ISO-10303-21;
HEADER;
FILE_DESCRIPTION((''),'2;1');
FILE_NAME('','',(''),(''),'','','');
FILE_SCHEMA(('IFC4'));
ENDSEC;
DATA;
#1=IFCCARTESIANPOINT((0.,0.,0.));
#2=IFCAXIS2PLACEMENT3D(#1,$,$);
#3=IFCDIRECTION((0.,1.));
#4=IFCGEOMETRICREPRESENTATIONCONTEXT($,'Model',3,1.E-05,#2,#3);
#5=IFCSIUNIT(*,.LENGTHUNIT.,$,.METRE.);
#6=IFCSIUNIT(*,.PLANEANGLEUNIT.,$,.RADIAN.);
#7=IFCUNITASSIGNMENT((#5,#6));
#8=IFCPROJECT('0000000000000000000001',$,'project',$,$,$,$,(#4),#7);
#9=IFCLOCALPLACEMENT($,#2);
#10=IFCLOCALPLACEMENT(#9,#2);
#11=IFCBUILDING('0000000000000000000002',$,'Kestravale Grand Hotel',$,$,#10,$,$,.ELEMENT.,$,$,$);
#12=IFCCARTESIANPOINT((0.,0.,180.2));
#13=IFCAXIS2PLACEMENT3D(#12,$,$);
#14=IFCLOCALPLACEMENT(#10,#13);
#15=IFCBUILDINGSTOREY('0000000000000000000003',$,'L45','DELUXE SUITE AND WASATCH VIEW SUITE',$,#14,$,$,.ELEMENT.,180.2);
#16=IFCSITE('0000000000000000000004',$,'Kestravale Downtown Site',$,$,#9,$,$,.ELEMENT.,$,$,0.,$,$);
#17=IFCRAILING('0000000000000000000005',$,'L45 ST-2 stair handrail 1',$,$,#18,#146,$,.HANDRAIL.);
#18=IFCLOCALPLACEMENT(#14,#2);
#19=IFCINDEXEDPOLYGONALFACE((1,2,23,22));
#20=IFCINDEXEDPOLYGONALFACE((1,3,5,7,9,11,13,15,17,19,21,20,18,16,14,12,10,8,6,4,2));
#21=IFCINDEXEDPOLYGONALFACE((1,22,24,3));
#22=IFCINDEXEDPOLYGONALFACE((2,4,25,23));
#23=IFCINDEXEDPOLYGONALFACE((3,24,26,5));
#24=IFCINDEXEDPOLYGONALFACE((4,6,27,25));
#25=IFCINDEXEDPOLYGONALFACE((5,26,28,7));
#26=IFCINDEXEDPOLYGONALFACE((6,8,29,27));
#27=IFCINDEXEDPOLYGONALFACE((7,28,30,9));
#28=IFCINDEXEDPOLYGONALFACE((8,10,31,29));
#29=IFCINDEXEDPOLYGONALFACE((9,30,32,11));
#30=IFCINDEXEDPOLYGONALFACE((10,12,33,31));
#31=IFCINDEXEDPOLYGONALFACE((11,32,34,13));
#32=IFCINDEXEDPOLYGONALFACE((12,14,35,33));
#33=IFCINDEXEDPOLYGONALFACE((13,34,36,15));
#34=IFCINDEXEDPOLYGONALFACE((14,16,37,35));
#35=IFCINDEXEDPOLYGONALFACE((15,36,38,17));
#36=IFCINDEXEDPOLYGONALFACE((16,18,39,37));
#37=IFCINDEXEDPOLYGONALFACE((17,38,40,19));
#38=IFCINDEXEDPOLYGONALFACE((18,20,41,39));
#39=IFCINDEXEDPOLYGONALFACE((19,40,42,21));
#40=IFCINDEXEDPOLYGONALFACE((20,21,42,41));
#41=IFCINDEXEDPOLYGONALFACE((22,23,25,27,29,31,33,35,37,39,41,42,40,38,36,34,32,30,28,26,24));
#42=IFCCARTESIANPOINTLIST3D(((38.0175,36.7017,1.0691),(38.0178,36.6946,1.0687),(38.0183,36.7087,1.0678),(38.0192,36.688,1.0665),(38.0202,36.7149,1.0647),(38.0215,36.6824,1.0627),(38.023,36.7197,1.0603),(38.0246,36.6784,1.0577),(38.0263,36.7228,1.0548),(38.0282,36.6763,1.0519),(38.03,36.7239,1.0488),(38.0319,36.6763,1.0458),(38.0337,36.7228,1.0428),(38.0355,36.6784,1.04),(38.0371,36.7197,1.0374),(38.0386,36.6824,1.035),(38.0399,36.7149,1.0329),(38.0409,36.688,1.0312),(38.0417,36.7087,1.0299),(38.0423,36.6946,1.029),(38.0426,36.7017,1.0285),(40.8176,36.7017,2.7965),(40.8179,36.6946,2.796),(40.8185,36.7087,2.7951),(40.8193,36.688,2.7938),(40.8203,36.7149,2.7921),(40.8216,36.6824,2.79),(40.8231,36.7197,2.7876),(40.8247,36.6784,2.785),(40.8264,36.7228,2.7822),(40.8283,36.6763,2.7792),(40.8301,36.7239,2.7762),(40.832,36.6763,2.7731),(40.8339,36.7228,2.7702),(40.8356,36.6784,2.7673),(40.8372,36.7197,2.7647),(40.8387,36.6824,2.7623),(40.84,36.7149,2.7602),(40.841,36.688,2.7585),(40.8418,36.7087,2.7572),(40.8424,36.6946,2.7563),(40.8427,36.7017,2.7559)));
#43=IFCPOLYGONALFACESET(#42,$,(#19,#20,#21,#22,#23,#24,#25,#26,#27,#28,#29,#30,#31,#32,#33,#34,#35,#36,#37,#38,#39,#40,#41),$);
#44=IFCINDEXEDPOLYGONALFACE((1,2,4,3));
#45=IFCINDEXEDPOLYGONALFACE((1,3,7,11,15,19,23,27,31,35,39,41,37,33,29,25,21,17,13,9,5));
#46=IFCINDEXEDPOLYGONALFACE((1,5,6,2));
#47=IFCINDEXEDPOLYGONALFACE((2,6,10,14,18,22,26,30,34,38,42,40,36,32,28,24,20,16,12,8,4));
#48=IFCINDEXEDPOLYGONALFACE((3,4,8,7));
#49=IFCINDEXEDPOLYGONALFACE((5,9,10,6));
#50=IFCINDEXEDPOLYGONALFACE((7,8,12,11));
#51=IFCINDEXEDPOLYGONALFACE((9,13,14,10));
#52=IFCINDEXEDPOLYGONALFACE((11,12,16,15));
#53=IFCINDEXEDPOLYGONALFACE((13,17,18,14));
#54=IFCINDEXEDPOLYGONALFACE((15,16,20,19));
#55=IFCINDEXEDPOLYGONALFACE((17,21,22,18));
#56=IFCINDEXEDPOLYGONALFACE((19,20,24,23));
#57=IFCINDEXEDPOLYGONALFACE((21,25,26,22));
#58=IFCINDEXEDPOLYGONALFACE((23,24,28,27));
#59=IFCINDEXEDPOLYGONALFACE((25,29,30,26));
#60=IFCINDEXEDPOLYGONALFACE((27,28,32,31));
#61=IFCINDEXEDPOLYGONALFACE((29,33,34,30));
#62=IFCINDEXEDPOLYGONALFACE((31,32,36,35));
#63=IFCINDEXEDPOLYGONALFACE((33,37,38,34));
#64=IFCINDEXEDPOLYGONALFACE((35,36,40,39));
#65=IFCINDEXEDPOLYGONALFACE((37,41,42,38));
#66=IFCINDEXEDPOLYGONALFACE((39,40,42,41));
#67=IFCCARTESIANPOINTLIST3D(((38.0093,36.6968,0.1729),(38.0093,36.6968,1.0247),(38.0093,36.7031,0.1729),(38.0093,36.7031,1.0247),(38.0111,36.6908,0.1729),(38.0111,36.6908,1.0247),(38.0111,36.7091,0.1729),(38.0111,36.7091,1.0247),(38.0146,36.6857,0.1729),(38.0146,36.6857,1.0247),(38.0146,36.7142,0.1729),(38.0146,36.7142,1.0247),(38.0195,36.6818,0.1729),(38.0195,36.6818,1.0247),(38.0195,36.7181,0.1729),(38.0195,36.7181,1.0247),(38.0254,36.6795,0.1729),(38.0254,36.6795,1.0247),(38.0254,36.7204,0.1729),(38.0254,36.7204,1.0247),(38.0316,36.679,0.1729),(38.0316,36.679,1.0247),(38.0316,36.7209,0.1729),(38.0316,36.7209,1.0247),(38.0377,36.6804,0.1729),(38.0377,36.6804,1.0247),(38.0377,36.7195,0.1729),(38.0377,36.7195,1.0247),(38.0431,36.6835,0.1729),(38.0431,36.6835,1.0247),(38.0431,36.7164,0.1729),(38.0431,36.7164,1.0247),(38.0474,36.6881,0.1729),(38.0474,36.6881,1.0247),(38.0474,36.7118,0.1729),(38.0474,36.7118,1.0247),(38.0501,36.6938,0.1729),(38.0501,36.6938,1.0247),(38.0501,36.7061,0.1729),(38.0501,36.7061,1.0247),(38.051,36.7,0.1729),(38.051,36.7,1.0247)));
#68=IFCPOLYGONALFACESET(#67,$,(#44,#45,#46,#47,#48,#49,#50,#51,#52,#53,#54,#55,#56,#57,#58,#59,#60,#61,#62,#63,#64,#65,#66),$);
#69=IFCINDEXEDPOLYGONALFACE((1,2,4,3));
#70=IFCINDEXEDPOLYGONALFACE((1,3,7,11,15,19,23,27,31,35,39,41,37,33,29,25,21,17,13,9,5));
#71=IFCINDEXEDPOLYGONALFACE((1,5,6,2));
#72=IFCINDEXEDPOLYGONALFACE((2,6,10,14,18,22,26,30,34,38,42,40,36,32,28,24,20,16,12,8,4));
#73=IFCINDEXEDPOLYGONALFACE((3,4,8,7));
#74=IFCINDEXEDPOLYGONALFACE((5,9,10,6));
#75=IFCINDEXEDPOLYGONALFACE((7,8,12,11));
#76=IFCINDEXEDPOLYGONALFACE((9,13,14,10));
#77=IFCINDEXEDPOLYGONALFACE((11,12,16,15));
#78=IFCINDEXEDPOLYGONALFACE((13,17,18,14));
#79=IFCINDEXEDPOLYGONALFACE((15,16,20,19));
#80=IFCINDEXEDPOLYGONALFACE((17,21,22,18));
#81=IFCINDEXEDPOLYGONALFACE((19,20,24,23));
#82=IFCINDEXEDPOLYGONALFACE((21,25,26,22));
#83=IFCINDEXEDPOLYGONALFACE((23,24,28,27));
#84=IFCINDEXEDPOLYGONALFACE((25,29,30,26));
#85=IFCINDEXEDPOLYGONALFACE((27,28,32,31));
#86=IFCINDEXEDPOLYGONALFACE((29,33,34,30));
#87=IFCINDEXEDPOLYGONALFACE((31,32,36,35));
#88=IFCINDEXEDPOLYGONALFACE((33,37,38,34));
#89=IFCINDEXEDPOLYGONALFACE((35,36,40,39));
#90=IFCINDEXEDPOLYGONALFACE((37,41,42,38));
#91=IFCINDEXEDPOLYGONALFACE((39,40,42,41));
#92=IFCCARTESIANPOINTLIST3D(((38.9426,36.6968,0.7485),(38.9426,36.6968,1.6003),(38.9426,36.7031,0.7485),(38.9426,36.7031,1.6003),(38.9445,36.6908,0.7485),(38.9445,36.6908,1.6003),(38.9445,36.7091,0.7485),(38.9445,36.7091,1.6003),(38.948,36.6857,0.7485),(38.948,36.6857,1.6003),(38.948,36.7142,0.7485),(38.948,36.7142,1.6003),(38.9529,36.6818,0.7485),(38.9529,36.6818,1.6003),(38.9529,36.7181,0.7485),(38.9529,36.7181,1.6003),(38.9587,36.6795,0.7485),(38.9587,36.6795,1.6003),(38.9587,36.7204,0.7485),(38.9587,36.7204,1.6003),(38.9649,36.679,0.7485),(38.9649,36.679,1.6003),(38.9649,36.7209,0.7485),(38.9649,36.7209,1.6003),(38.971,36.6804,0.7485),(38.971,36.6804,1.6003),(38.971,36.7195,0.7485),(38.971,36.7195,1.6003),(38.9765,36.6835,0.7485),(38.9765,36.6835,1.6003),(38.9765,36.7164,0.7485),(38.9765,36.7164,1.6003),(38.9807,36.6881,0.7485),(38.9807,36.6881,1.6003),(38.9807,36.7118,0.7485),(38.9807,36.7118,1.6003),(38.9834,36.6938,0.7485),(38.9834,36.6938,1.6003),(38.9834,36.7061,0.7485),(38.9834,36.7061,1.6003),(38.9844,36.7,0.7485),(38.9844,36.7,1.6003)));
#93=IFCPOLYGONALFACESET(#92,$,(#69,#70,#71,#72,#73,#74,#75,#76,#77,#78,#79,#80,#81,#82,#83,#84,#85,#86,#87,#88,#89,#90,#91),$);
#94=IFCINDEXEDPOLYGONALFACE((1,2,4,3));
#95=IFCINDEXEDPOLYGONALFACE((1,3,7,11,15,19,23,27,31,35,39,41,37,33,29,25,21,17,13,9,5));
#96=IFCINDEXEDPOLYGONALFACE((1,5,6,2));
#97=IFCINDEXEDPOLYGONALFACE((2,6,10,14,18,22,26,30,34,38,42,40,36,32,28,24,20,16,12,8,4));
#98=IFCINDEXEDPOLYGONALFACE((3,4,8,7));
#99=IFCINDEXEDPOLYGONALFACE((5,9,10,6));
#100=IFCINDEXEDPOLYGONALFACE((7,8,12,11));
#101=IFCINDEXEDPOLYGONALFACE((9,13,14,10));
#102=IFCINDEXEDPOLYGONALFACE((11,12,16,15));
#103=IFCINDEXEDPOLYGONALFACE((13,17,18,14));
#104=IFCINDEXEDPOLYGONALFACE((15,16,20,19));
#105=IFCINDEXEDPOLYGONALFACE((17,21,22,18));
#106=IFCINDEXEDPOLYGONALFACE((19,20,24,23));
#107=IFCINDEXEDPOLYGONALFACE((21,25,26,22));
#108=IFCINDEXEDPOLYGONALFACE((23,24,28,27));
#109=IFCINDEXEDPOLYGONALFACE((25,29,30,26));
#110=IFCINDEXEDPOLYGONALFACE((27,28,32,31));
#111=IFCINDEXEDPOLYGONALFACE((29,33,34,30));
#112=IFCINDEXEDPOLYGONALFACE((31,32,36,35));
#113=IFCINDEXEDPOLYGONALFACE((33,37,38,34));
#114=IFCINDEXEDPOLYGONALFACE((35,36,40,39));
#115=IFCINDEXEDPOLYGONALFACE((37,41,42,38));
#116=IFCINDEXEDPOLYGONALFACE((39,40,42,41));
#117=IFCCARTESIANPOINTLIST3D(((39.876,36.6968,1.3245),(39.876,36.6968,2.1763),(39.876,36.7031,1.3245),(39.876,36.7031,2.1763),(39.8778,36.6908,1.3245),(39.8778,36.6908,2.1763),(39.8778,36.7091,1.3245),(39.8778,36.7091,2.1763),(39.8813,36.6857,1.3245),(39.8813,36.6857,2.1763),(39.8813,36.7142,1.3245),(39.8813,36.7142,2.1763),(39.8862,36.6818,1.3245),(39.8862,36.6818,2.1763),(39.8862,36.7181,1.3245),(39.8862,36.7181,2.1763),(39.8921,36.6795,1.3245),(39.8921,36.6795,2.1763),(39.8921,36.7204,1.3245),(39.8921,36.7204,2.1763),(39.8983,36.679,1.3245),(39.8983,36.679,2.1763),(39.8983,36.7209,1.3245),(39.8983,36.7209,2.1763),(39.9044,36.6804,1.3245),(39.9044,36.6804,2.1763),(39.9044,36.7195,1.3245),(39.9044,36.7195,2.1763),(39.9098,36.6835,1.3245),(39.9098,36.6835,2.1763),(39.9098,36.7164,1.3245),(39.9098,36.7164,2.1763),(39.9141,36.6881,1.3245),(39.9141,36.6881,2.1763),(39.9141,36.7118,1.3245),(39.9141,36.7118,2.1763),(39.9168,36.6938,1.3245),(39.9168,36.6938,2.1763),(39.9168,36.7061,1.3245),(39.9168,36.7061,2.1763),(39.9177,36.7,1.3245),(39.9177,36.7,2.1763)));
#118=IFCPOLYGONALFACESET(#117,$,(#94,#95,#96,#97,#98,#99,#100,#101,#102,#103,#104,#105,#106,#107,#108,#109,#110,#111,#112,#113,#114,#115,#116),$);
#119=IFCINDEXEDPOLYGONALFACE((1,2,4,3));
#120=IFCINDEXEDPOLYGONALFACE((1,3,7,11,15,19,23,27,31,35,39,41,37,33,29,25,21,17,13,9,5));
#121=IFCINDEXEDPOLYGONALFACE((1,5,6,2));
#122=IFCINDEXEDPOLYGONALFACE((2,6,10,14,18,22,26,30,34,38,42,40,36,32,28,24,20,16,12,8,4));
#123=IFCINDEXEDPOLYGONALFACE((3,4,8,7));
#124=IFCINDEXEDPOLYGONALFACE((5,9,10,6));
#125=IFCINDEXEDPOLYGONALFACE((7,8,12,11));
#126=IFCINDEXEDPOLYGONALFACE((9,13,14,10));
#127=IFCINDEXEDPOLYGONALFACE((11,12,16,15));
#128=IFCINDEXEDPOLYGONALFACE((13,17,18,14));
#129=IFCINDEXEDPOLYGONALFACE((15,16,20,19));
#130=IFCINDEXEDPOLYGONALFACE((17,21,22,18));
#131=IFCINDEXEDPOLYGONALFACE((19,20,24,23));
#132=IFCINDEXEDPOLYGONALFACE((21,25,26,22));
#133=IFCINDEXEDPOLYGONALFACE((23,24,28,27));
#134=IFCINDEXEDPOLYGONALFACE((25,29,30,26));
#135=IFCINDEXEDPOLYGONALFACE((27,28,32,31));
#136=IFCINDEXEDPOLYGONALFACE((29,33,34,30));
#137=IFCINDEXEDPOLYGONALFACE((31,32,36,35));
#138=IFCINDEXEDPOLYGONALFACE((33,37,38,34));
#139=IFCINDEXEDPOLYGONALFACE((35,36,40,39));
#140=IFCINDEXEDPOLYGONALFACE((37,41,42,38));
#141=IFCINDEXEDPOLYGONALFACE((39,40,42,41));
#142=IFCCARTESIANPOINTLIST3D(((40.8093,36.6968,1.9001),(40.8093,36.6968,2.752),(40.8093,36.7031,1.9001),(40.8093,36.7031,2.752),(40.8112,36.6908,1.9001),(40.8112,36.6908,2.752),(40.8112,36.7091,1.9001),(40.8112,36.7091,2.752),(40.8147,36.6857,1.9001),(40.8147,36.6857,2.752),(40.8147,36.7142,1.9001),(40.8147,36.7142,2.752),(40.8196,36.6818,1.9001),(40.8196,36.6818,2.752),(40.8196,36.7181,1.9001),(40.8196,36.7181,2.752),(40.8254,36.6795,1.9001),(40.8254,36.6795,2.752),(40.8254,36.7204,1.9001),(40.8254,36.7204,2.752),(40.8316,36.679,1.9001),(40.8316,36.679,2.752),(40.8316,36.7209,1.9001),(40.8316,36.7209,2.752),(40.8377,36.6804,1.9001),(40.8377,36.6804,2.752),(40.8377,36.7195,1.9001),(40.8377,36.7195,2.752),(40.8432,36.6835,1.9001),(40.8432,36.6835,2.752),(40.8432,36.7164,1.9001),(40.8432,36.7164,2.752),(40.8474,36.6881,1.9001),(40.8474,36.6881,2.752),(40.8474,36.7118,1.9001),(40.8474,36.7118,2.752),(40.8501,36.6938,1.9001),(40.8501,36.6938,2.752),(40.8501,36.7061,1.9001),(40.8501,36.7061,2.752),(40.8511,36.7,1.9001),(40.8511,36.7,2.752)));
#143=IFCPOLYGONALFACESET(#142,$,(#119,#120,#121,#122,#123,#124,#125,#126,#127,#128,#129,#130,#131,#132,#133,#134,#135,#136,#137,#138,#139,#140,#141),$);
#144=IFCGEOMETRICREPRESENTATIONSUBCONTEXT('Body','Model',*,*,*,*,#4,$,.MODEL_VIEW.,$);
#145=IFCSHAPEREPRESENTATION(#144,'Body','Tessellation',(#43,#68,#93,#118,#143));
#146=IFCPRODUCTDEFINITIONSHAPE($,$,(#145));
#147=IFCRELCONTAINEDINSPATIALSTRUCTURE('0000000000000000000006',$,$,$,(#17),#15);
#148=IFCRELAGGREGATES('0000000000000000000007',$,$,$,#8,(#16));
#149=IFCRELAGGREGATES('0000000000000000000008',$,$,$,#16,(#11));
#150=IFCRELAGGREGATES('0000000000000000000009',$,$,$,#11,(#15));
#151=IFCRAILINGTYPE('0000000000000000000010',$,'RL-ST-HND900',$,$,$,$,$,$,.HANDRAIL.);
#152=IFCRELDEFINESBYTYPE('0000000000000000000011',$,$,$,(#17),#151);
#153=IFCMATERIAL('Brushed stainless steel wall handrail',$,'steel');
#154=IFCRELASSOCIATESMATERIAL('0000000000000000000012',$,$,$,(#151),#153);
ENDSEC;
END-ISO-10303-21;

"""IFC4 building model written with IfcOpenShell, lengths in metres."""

from ifc_helpers import new_model, si_unit, direction, frame, origin, origin_2d, place, context, subcontext, project, spatial, circle, extrude, material, type_object, element, save


model = new_model("IFC4")

# Units and contexts
model_context = context("Model", 3, precision=1e-05, world=origin(), true_north=direction((0.0, 1.0)))
body_context = subcontext(model_context, "Body", "Model", "MODEL_VIEW")
ifc_project = project(units=[si_unit("LENGTHUNIT", "METRE"), si_unit("PLANEANGLEUNIT", "RADIAN")], contexts=[model_context])

# Site, building, storey
site_placement = place(None, origin())
site = spatial("IfcSite", under=ifc_project, at=site_placement, Name="Kestravale Downtown Site", CompositionType="ELEMENT", RefElevation=0.0)
building_placement = place(site_placement, origin())
building = spatial("IfcBuilding", under=site, at=building_placement, Name="Kestravale Grand Hotel", CompositionType="ELEMENT")
storey_placement = place(building_placement, frame((0.0, 0.0, 180.2)))
storey = spatial("IfcBuildingStorey", under=building, at=storey_placement, Name="L45", Description="DELUXE SUITE AND WASATCH VIEW SUITE", CompositionType="ELEMENT", Elevation=180.2)

# Railing
ifc_material_1 = material(Name="Brushed stainless steel wall handrail", Category="steel")
railing_type_1 = type_object("IfcRailingType", Name="RL-ST-HND900", PredefinedType="HANDRAIL", material=ifc_material_1)
railing_1_placement = place(storey_placement, frame((38.03, 36.7, 0.1729)))
element("IfcRailing", 1, at=railing_1_placement, inside=storey, type_object=railing_type_1, Name="L45 ST-2 stair handrail 1", PredefinedType="HANDRAIL", context=body_context, shape_type="SweptSolid", body=[
    extrude(circle(Radius=0.0239, at=origin_2d()), frame((0.0, 0.0, 0.876), z_axis=(0.85109, 0.0, 0.52502), x_axis=(0.0, 1.0, 0.0)), (0.0, 0.0, 1.0), 3.29),
    extrude(circle(Radius=0.021, at=origin_2d()), origin(), (0.0, 0.0, 1.0), 0.8518),
    extrude(circle(Radius=0.021, at=origin_2d()), frame((0.9333, 0.0, 0.5757)), (0.0, 0.0, 1.0), 0.8518),
    extrude(circle(Radius=0.021, at=origin_2d()), frame((1.8667, 0.0, 1.1516)), (0.0, 0.0, 1.0), 0.8518),
    extrude(circle(Radius=0.021, at=origin_2d()), frame((2.8, 0.0, 1.7273)), (0.0, 0.0, 1.0), 0.8518),
])

save(model, "model.ifc")
